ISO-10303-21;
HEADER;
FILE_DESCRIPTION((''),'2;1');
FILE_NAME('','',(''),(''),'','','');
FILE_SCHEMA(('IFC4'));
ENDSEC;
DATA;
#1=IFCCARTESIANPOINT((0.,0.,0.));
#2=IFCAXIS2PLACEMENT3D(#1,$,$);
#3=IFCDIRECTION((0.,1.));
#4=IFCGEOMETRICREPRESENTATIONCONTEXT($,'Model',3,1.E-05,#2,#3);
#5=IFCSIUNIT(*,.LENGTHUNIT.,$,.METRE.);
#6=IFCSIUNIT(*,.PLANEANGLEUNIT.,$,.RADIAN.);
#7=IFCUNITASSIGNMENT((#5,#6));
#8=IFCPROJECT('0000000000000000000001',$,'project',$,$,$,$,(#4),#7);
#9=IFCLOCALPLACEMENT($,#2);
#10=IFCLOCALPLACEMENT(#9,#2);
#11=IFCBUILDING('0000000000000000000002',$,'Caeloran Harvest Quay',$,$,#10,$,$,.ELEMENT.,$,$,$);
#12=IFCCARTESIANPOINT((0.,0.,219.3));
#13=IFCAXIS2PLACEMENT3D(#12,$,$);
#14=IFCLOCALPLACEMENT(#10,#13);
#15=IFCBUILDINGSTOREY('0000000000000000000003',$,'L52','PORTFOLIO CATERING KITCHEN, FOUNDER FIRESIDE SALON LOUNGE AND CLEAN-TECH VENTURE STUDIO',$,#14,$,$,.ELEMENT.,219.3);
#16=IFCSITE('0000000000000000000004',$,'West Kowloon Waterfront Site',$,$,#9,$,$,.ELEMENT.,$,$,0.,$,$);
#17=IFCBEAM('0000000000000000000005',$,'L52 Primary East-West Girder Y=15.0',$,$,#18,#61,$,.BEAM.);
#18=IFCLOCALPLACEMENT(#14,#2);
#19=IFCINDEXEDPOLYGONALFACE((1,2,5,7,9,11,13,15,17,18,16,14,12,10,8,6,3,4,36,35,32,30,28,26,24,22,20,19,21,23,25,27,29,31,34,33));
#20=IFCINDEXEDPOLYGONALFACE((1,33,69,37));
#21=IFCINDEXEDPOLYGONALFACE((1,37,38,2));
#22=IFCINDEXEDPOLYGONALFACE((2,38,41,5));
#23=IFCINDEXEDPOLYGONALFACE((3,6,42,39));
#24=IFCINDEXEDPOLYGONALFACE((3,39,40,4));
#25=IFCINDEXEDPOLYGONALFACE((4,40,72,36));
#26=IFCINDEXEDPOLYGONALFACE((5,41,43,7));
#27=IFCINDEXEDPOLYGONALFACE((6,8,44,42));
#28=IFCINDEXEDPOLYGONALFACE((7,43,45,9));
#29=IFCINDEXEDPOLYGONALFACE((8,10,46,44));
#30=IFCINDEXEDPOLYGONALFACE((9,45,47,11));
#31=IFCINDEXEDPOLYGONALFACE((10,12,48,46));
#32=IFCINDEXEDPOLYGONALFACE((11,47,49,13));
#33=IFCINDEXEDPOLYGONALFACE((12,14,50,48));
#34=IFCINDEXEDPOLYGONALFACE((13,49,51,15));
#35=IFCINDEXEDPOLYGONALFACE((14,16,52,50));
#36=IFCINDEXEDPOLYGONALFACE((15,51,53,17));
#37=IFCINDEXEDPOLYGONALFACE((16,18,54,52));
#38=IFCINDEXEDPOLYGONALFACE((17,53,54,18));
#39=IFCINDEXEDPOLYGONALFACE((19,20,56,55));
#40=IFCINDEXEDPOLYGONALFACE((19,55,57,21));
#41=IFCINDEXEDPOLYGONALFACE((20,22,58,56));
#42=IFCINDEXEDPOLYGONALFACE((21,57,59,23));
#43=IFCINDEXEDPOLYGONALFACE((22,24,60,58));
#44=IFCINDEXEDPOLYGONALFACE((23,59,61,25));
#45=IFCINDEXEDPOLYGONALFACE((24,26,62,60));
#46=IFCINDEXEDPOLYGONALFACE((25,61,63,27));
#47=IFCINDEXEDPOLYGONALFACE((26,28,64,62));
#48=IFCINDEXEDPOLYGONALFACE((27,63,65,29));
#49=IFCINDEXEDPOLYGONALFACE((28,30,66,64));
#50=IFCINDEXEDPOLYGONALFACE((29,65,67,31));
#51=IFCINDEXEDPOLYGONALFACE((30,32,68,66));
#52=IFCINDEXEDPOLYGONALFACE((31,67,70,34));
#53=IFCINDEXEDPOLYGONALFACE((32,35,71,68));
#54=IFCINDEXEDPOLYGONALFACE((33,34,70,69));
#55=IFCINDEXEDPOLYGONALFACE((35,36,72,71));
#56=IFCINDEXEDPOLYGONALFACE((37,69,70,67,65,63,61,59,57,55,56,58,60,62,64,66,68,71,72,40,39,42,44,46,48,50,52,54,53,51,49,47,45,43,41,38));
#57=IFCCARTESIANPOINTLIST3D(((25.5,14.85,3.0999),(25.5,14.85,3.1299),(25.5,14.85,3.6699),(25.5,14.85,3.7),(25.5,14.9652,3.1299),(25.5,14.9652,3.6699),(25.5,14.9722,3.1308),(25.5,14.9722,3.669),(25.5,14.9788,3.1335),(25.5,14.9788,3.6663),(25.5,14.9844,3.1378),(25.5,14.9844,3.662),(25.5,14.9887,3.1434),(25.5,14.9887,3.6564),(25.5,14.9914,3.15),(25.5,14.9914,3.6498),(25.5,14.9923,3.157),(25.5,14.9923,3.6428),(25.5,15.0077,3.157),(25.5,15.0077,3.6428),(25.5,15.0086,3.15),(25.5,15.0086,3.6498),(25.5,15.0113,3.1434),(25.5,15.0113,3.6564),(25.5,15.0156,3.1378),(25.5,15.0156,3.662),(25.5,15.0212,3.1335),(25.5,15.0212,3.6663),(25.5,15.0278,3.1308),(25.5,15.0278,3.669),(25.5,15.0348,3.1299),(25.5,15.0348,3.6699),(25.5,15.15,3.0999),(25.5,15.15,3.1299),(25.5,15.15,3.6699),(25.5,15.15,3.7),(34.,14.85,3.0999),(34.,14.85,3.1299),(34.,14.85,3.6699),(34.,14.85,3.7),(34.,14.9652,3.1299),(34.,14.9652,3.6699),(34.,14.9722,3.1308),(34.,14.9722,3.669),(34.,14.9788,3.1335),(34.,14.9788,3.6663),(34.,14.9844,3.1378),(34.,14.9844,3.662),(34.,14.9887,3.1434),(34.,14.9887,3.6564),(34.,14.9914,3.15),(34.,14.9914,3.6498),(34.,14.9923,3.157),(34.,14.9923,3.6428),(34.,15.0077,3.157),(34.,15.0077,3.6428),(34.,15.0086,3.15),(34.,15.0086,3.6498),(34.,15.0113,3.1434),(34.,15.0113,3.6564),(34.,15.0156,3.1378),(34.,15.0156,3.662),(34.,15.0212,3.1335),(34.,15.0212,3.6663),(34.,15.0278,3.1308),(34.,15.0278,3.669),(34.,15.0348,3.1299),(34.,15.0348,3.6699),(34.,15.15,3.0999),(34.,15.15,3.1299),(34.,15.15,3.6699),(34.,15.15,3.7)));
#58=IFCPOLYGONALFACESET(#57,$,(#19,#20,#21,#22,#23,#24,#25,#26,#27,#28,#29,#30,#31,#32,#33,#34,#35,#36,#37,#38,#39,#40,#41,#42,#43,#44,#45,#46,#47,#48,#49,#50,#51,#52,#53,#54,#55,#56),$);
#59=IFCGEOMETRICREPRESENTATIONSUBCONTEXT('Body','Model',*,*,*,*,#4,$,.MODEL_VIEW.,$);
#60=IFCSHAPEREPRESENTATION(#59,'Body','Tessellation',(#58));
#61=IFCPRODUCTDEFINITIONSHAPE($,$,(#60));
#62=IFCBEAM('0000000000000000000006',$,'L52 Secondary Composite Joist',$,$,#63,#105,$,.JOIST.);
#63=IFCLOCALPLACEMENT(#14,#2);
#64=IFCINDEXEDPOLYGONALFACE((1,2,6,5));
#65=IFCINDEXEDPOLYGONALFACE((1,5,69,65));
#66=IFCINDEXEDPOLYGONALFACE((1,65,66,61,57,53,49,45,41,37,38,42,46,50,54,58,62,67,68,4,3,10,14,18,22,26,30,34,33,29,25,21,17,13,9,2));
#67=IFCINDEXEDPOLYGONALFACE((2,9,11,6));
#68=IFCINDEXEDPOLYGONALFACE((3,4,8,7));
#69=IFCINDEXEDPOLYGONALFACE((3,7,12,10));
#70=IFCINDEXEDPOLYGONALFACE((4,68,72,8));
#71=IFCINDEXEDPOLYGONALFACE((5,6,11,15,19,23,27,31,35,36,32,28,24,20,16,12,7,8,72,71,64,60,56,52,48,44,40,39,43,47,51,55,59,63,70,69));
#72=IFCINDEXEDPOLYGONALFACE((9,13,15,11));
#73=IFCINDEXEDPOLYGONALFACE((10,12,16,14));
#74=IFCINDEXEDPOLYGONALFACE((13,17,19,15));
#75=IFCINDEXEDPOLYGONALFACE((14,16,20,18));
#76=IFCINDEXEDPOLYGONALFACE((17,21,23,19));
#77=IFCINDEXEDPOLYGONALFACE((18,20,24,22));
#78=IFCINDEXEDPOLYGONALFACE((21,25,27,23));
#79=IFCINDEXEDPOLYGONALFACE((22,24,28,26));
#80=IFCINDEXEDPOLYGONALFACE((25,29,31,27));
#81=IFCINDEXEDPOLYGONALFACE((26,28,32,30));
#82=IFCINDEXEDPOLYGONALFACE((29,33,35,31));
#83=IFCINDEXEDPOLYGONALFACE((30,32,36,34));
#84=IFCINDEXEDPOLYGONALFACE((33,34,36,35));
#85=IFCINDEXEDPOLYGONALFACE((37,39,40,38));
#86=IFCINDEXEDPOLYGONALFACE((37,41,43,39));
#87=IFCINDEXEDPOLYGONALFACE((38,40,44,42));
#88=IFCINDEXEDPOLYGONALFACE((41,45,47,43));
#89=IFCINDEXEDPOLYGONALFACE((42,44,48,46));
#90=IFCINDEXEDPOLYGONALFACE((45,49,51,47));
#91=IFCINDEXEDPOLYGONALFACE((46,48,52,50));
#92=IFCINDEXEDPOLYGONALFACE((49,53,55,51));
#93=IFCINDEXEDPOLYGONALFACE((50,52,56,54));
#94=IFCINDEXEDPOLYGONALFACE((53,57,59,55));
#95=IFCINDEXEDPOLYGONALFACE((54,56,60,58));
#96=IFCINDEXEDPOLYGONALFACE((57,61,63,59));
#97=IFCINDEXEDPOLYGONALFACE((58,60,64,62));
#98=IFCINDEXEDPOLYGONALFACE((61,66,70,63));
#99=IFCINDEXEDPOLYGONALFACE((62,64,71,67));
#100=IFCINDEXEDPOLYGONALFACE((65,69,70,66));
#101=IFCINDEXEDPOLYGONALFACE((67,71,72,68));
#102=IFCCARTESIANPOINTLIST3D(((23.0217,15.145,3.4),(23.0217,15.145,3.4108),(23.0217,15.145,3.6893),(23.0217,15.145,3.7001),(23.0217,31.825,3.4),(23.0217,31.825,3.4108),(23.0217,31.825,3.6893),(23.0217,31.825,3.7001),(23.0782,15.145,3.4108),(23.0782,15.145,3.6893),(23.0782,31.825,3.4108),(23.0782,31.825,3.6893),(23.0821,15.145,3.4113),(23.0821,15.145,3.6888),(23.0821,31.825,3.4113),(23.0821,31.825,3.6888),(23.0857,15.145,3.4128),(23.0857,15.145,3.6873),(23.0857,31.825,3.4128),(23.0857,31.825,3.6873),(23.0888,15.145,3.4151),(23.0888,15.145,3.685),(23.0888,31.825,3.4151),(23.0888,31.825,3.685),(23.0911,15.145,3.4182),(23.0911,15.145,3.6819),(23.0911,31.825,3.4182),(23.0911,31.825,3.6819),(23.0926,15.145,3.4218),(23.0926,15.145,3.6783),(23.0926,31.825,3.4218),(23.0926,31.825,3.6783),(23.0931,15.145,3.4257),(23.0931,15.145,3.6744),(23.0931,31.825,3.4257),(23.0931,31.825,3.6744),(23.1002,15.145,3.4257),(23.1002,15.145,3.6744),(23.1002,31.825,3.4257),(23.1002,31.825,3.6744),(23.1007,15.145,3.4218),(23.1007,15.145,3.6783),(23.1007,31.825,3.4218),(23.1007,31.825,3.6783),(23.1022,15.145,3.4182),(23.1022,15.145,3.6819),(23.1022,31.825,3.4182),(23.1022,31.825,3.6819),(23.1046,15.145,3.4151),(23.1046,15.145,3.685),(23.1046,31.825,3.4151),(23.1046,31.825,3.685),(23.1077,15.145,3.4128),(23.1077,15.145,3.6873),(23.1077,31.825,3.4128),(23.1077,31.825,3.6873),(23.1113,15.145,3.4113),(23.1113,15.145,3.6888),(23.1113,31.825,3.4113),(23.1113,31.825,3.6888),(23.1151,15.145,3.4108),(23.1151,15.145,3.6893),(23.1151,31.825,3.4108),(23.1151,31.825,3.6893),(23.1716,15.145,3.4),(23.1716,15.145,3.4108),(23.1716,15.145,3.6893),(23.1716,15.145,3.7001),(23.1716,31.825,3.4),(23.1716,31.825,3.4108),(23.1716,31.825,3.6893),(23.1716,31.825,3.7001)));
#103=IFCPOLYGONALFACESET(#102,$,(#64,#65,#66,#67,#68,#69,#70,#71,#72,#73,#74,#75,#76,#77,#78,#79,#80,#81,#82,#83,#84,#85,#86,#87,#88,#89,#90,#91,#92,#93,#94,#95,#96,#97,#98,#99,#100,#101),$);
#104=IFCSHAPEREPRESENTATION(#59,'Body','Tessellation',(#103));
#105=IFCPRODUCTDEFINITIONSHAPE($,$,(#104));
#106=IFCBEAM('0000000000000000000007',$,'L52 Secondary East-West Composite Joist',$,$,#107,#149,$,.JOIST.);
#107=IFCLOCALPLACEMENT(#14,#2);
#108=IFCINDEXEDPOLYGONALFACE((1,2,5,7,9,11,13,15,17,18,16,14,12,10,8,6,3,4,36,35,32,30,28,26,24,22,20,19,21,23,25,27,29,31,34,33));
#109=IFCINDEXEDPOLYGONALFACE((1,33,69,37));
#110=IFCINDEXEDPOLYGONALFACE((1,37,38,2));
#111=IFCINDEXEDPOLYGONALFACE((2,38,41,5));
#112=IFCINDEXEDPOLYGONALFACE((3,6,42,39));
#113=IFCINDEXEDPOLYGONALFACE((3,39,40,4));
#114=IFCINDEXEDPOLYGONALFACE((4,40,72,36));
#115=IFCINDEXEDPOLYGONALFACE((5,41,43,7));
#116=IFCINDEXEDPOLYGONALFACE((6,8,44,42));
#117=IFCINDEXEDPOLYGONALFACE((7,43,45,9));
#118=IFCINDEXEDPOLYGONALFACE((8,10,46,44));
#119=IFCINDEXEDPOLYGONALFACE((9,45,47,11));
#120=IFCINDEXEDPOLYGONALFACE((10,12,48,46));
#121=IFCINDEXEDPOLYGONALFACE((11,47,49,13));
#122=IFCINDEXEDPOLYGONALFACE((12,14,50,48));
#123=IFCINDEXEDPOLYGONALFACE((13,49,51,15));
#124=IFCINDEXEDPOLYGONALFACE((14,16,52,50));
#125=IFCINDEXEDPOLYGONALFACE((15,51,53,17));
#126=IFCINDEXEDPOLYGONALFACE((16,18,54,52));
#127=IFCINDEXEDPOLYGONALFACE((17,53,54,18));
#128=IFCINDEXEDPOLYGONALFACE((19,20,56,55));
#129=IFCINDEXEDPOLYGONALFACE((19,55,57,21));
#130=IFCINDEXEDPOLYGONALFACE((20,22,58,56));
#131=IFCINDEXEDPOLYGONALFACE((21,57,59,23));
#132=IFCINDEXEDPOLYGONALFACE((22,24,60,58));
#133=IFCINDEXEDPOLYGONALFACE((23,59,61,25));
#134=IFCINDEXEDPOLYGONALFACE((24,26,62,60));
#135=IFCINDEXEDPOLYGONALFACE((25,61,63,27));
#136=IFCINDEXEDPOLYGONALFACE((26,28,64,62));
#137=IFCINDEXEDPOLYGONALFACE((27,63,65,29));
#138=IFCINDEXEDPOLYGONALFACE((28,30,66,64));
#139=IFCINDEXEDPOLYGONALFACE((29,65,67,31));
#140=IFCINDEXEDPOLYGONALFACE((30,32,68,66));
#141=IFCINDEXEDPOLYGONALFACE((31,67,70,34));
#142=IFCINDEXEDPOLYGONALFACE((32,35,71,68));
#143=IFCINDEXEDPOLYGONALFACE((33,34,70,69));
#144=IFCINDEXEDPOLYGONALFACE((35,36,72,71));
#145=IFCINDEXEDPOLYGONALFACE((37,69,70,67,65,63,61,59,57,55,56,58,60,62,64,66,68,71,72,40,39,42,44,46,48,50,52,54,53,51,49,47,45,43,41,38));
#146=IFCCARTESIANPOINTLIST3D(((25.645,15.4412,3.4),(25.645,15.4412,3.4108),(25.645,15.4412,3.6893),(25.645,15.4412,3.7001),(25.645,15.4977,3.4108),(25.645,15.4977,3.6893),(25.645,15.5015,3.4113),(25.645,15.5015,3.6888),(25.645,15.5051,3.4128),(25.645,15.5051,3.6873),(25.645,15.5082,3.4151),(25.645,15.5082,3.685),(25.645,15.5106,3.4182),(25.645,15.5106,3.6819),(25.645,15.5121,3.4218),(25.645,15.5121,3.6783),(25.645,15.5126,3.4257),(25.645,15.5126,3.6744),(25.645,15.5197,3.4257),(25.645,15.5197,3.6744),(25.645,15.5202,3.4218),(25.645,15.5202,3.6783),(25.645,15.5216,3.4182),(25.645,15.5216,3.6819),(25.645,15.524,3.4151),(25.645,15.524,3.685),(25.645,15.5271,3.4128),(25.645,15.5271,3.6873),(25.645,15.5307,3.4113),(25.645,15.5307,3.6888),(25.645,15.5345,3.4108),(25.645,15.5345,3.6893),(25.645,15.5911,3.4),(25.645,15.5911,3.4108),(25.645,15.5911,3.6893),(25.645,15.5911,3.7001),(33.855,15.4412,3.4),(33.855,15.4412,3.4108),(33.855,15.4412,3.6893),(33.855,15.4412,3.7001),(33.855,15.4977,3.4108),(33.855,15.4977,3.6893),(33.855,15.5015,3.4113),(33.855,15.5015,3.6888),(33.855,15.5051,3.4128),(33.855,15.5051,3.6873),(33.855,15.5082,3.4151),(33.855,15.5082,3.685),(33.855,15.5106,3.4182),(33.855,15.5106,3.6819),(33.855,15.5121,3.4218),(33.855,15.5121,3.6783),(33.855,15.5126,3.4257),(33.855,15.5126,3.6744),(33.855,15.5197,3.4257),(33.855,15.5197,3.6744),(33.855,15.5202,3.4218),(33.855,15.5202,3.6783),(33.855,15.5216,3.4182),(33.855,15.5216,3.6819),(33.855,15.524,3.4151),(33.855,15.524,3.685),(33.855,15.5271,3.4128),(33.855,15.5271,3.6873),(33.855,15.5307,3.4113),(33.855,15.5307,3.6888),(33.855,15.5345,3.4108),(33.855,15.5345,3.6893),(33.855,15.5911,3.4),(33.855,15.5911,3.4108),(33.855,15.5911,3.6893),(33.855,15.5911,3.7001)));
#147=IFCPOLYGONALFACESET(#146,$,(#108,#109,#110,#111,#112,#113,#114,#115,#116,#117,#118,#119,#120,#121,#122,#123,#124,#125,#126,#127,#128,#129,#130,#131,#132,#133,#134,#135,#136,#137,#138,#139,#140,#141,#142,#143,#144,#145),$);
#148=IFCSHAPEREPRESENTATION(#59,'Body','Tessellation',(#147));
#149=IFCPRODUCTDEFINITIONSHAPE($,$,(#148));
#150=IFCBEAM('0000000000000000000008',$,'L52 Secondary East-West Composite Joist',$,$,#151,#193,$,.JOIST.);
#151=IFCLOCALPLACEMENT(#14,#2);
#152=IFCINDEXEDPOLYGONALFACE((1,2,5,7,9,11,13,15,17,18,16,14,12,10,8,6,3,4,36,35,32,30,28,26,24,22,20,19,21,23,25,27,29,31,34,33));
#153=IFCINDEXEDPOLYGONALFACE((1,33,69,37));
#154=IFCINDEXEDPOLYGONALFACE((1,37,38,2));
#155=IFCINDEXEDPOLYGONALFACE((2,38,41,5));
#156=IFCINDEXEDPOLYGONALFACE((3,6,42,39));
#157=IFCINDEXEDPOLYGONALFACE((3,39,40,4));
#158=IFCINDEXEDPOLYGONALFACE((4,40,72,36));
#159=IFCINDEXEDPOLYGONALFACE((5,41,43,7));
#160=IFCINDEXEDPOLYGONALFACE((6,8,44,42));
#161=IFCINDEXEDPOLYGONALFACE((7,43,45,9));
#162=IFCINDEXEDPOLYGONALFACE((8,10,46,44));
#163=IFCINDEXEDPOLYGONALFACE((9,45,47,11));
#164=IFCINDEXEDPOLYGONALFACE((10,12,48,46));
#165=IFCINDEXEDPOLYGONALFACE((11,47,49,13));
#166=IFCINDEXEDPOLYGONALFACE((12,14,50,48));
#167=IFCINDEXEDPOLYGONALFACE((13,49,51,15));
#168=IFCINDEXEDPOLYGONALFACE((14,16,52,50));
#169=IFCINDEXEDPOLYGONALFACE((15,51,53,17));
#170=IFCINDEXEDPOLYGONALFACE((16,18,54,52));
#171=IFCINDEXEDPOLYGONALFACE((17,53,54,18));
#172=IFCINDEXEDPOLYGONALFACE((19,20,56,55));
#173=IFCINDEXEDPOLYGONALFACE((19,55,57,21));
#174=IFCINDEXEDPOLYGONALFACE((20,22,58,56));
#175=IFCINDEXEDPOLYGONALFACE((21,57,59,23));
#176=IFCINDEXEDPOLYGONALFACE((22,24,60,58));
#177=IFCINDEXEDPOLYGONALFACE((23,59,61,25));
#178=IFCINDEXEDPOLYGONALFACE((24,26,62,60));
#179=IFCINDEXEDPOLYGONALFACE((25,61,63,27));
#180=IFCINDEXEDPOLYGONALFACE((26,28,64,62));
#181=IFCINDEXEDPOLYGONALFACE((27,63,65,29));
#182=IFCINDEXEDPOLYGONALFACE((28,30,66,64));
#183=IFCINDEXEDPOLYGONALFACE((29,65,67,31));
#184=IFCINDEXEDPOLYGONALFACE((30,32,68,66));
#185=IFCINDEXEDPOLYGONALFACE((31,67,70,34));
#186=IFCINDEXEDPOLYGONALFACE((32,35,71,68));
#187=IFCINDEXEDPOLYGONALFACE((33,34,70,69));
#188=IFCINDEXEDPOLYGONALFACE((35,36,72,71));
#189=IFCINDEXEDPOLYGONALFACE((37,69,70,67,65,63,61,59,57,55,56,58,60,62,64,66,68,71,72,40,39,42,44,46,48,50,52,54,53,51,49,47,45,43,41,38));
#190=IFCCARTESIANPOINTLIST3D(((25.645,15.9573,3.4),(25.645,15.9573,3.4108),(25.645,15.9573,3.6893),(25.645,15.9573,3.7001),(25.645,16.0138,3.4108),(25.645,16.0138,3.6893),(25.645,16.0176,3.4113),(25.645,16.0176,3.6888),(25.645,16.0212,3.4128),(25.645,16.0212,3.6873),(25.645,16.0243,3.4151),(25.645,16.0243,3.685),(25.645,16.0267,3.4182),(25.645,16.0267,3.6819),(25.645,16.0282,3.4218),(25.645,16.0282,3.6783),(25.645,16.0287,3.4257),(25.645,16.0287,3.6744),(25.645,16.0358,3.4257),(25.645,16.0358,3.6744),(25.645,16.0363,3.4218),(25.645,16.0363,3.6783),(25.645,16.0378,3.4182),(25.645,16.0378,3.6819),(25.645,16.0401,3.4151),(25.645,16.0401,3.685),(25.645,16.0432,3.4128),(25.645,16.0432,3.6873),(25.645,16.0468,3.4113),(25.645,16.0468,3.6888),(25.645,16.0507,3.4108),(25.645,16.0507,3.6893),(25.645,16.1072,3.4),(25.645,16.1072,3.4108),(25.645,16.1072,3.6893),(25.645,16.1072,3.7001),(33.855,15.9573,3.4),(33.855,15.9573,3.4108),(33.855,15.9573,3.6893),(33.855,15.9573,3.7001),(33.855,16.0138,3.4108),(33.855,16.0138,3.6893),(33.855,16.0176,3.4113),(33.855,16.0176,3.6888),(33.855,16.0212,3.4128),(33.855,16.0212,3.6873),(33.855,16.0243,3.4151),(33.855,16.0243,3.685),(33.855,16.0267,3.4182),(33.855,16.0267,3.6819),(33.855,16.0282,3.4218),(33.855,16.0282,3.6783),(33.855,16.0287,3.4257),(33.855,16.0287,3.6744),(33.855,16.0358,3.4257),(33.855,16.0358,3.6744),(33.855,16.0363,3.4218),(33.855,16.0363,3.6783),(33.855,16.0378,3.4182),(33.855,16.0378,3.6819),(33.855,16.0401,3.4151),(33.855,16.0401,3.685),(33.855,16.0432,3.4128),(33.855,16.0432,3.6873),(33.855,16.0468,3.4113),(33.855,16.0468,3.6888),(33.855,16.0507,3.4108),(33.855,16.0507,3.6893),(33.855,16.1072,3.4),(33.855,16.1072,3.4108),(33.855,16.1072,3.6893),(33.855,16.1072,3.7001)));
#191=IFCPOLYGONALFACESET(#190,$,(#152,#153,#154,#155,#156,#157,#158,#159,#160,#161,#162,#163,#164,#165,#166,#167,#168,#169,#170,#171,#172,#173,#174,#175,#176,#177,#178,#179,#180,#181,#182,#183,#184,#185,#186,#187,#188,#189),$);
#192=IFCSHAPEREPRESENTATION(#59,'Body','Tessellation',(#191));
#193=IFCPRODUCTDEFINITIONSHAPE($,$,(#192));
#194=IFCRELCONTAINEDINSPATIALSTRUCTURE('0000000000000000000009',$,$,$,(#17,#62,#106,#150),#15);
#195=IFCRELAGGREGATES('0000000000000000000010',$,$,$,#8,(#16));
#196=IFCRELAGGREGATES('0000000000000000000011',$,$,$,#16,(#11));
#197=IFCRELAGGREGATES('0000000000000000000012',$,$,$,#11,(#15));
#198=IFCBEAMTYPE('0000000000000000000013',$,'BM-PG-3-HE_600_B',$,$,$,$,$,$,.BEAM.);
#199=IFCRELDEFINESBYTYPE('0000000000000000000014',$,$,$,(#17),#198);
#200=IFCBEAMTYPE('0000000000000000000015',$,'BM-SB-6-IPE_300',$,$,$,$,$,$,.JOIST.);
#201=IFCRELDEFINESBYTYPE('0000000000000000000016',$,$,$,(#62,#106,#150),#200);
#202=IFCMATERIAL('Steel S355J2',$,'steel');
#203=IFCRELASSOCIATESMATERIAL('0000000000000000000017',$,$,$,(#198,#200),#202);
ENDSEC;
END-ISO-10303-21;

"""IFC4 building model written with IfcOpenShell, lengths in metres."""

from ifc_helpers import new_model, si_unit, direction, frame, origin, origin_2d, place, context, subcontext, project, spatial, i_section, extrude, material, material_profile, profile_set, type_object, element, save


model = new_model("IFC4")

# Units and contexts
model_context = context("Model", 3, precision=1e-05, world=origin(), true_north=direction((0.0, 1.0)))
body_context = subcontext(model_context, "Body", "Model", "MODEL_VIEW")
ifc_project = project(units=[si_unit("LENGTHUNIT", "METRE"), si_unit("PLANEANGLEUNIT", "RADIAN")], contexts=[model_context])

# Site, building, storey
site_placement = place(None, origin())
site = spatial("IfcSite", under=ifc_project, at=site_placement, Name="West Kowloon Waterfront Site", CompositionType="ELEMENT", RefElevation=0.0)
building_placement = place(site_placement, origin())
building = spatial("IfcBuilding", under=site, at=building_placement, Name="Caeloran Harvest Quay", CompositionType="ELEMENT")
storey_placement = place(building_placement, frame((0.0, 0.0, 219.3)))
storey = spatial("IfcBuildingStorey", under=building, at=storey_placement, Name="L52", Description="PORTFOLIO CATERING KITCHEN, FOUNDER FIRESIDE SALON LOUNGE AND CLEAN-TECH VENTURE STUDIO", CompositionType="ELEMENT", Elevation=219.3)

# Beams
ifc_material_1 = material(Name="Steel S355J2", Category="steel")
ifc_material_profile_1 = material_profile(ifc_material_1, i_section(OverallWidth=0.3, OverallDepth=0.6001, WebThickness=0.0154, FlangeThickness=0.03, FilletRadius=0.0271, at=origin_2d()), Name="HE 600 B")
ifc_profile_set_1 = profile_set([ifc_material_profile_1], Name="Steel S355J2")
beam_type_1 = type_object("IfcBeamType", Name="BM-PG-3-HE_600_B", PredefinedType="BEAM", material=ifc_profile_set_1)
beam_1_placement = place(storey_placement, frame((25.5, 15.0, 3.3999), z_axis=(1.0, 0.0, 0.0), x_axis=(0.0, 1.0, 0.0)))
element("IfcBeam", 1, at=beam_1_placement, inside=storey, type_object=beam_type_1, Name="L52 Primary East-West Girder Y=15.0", PredefinedType="BEAM", context=body_context, shape_type="SweptSolid", body=[
    extrude(i_section(OverallWidth=0.3, OverallDepth=0.6001, WebThickness=0.0154, FlangeThickness=0.03, FilletRadius=0.0271, at=origin_2d()), origin(), (0.0, 0.0, 1.0), 8.5),
])
ifc_material_profile_2 = material_profile(ifc_material_1, i_section(OverallWidth=0.1499, OverallDepth=0.3, WebThickness=0.0071, FlangeThickness=0.0107, FilletRadius=0.0149, at=origin_2d()), Name="IPE 300")
ifc_profile_set_2 = profile_set([ifc_material_profile_2], Name="Steel S355J2")
beam_type_2 = type_object("IfcBeamType", Name="BM-SB-6-IPE_300", PredefinedType="JOIST", material=ifc_profile_set_2)
beam_2_placement = place(storey_placement, frame((23.0967, 15.145, 3.55), z_axis=(0.0, 1.0, 0.0), x_axis=(-1.0, 0.0, 0.0)))
element("IfcBeam", 2, at=beam_2_placement, inside=storey, type_object=beam_type_2, Name="L52 Secondary Composite Joist", PredefinedType="JOIST", context=body_context, shape_type="SweptSolid", body=[
    extrude(i_section(OverallWidth=0.1499, OverallDepth=0.3, WebThickness=0.0071, FlangeThickness=0.0107, FilletRadius=0.0149, at=origin_2d()), origin(), (0.0, 0.0, 1.0), 16.6799),
])
for number, where, z_axis, x_axis, name in (
    (3, (25.645, 15.5161, 3.55), (1.0, 0.0, 0.0), (0.0, 1.0, 0.0), "L52 Secondary East-West Composite Joist"),
    (4, (25.645, 16.0322, 3.55), (1.0, 0.0, 0.0), (0.0, 1.0, 0.0), "L52 Secondary East-West Composite Joist"),
):
    element("IfcBeam", number, at=place(storey_placement, frame(where, z_axis=z_axis, x_axis=x_axis)), inside=storey, type_object=beam_type_2, Name=name, PredefinedType="JOIST", context=body_context, shape_type="SweptSolid", body=[
        extrude(i_section(OverallWidth=0.1499, OverallDepth=0.3, WebThickness=0.0071, FlangeThickness=0.0107, FilletRadius=0.0149, at=origin_2d()), origin(), (0.0, 0.0, 1.0), 8.21),
    ])

save(model, "model.ifc")
